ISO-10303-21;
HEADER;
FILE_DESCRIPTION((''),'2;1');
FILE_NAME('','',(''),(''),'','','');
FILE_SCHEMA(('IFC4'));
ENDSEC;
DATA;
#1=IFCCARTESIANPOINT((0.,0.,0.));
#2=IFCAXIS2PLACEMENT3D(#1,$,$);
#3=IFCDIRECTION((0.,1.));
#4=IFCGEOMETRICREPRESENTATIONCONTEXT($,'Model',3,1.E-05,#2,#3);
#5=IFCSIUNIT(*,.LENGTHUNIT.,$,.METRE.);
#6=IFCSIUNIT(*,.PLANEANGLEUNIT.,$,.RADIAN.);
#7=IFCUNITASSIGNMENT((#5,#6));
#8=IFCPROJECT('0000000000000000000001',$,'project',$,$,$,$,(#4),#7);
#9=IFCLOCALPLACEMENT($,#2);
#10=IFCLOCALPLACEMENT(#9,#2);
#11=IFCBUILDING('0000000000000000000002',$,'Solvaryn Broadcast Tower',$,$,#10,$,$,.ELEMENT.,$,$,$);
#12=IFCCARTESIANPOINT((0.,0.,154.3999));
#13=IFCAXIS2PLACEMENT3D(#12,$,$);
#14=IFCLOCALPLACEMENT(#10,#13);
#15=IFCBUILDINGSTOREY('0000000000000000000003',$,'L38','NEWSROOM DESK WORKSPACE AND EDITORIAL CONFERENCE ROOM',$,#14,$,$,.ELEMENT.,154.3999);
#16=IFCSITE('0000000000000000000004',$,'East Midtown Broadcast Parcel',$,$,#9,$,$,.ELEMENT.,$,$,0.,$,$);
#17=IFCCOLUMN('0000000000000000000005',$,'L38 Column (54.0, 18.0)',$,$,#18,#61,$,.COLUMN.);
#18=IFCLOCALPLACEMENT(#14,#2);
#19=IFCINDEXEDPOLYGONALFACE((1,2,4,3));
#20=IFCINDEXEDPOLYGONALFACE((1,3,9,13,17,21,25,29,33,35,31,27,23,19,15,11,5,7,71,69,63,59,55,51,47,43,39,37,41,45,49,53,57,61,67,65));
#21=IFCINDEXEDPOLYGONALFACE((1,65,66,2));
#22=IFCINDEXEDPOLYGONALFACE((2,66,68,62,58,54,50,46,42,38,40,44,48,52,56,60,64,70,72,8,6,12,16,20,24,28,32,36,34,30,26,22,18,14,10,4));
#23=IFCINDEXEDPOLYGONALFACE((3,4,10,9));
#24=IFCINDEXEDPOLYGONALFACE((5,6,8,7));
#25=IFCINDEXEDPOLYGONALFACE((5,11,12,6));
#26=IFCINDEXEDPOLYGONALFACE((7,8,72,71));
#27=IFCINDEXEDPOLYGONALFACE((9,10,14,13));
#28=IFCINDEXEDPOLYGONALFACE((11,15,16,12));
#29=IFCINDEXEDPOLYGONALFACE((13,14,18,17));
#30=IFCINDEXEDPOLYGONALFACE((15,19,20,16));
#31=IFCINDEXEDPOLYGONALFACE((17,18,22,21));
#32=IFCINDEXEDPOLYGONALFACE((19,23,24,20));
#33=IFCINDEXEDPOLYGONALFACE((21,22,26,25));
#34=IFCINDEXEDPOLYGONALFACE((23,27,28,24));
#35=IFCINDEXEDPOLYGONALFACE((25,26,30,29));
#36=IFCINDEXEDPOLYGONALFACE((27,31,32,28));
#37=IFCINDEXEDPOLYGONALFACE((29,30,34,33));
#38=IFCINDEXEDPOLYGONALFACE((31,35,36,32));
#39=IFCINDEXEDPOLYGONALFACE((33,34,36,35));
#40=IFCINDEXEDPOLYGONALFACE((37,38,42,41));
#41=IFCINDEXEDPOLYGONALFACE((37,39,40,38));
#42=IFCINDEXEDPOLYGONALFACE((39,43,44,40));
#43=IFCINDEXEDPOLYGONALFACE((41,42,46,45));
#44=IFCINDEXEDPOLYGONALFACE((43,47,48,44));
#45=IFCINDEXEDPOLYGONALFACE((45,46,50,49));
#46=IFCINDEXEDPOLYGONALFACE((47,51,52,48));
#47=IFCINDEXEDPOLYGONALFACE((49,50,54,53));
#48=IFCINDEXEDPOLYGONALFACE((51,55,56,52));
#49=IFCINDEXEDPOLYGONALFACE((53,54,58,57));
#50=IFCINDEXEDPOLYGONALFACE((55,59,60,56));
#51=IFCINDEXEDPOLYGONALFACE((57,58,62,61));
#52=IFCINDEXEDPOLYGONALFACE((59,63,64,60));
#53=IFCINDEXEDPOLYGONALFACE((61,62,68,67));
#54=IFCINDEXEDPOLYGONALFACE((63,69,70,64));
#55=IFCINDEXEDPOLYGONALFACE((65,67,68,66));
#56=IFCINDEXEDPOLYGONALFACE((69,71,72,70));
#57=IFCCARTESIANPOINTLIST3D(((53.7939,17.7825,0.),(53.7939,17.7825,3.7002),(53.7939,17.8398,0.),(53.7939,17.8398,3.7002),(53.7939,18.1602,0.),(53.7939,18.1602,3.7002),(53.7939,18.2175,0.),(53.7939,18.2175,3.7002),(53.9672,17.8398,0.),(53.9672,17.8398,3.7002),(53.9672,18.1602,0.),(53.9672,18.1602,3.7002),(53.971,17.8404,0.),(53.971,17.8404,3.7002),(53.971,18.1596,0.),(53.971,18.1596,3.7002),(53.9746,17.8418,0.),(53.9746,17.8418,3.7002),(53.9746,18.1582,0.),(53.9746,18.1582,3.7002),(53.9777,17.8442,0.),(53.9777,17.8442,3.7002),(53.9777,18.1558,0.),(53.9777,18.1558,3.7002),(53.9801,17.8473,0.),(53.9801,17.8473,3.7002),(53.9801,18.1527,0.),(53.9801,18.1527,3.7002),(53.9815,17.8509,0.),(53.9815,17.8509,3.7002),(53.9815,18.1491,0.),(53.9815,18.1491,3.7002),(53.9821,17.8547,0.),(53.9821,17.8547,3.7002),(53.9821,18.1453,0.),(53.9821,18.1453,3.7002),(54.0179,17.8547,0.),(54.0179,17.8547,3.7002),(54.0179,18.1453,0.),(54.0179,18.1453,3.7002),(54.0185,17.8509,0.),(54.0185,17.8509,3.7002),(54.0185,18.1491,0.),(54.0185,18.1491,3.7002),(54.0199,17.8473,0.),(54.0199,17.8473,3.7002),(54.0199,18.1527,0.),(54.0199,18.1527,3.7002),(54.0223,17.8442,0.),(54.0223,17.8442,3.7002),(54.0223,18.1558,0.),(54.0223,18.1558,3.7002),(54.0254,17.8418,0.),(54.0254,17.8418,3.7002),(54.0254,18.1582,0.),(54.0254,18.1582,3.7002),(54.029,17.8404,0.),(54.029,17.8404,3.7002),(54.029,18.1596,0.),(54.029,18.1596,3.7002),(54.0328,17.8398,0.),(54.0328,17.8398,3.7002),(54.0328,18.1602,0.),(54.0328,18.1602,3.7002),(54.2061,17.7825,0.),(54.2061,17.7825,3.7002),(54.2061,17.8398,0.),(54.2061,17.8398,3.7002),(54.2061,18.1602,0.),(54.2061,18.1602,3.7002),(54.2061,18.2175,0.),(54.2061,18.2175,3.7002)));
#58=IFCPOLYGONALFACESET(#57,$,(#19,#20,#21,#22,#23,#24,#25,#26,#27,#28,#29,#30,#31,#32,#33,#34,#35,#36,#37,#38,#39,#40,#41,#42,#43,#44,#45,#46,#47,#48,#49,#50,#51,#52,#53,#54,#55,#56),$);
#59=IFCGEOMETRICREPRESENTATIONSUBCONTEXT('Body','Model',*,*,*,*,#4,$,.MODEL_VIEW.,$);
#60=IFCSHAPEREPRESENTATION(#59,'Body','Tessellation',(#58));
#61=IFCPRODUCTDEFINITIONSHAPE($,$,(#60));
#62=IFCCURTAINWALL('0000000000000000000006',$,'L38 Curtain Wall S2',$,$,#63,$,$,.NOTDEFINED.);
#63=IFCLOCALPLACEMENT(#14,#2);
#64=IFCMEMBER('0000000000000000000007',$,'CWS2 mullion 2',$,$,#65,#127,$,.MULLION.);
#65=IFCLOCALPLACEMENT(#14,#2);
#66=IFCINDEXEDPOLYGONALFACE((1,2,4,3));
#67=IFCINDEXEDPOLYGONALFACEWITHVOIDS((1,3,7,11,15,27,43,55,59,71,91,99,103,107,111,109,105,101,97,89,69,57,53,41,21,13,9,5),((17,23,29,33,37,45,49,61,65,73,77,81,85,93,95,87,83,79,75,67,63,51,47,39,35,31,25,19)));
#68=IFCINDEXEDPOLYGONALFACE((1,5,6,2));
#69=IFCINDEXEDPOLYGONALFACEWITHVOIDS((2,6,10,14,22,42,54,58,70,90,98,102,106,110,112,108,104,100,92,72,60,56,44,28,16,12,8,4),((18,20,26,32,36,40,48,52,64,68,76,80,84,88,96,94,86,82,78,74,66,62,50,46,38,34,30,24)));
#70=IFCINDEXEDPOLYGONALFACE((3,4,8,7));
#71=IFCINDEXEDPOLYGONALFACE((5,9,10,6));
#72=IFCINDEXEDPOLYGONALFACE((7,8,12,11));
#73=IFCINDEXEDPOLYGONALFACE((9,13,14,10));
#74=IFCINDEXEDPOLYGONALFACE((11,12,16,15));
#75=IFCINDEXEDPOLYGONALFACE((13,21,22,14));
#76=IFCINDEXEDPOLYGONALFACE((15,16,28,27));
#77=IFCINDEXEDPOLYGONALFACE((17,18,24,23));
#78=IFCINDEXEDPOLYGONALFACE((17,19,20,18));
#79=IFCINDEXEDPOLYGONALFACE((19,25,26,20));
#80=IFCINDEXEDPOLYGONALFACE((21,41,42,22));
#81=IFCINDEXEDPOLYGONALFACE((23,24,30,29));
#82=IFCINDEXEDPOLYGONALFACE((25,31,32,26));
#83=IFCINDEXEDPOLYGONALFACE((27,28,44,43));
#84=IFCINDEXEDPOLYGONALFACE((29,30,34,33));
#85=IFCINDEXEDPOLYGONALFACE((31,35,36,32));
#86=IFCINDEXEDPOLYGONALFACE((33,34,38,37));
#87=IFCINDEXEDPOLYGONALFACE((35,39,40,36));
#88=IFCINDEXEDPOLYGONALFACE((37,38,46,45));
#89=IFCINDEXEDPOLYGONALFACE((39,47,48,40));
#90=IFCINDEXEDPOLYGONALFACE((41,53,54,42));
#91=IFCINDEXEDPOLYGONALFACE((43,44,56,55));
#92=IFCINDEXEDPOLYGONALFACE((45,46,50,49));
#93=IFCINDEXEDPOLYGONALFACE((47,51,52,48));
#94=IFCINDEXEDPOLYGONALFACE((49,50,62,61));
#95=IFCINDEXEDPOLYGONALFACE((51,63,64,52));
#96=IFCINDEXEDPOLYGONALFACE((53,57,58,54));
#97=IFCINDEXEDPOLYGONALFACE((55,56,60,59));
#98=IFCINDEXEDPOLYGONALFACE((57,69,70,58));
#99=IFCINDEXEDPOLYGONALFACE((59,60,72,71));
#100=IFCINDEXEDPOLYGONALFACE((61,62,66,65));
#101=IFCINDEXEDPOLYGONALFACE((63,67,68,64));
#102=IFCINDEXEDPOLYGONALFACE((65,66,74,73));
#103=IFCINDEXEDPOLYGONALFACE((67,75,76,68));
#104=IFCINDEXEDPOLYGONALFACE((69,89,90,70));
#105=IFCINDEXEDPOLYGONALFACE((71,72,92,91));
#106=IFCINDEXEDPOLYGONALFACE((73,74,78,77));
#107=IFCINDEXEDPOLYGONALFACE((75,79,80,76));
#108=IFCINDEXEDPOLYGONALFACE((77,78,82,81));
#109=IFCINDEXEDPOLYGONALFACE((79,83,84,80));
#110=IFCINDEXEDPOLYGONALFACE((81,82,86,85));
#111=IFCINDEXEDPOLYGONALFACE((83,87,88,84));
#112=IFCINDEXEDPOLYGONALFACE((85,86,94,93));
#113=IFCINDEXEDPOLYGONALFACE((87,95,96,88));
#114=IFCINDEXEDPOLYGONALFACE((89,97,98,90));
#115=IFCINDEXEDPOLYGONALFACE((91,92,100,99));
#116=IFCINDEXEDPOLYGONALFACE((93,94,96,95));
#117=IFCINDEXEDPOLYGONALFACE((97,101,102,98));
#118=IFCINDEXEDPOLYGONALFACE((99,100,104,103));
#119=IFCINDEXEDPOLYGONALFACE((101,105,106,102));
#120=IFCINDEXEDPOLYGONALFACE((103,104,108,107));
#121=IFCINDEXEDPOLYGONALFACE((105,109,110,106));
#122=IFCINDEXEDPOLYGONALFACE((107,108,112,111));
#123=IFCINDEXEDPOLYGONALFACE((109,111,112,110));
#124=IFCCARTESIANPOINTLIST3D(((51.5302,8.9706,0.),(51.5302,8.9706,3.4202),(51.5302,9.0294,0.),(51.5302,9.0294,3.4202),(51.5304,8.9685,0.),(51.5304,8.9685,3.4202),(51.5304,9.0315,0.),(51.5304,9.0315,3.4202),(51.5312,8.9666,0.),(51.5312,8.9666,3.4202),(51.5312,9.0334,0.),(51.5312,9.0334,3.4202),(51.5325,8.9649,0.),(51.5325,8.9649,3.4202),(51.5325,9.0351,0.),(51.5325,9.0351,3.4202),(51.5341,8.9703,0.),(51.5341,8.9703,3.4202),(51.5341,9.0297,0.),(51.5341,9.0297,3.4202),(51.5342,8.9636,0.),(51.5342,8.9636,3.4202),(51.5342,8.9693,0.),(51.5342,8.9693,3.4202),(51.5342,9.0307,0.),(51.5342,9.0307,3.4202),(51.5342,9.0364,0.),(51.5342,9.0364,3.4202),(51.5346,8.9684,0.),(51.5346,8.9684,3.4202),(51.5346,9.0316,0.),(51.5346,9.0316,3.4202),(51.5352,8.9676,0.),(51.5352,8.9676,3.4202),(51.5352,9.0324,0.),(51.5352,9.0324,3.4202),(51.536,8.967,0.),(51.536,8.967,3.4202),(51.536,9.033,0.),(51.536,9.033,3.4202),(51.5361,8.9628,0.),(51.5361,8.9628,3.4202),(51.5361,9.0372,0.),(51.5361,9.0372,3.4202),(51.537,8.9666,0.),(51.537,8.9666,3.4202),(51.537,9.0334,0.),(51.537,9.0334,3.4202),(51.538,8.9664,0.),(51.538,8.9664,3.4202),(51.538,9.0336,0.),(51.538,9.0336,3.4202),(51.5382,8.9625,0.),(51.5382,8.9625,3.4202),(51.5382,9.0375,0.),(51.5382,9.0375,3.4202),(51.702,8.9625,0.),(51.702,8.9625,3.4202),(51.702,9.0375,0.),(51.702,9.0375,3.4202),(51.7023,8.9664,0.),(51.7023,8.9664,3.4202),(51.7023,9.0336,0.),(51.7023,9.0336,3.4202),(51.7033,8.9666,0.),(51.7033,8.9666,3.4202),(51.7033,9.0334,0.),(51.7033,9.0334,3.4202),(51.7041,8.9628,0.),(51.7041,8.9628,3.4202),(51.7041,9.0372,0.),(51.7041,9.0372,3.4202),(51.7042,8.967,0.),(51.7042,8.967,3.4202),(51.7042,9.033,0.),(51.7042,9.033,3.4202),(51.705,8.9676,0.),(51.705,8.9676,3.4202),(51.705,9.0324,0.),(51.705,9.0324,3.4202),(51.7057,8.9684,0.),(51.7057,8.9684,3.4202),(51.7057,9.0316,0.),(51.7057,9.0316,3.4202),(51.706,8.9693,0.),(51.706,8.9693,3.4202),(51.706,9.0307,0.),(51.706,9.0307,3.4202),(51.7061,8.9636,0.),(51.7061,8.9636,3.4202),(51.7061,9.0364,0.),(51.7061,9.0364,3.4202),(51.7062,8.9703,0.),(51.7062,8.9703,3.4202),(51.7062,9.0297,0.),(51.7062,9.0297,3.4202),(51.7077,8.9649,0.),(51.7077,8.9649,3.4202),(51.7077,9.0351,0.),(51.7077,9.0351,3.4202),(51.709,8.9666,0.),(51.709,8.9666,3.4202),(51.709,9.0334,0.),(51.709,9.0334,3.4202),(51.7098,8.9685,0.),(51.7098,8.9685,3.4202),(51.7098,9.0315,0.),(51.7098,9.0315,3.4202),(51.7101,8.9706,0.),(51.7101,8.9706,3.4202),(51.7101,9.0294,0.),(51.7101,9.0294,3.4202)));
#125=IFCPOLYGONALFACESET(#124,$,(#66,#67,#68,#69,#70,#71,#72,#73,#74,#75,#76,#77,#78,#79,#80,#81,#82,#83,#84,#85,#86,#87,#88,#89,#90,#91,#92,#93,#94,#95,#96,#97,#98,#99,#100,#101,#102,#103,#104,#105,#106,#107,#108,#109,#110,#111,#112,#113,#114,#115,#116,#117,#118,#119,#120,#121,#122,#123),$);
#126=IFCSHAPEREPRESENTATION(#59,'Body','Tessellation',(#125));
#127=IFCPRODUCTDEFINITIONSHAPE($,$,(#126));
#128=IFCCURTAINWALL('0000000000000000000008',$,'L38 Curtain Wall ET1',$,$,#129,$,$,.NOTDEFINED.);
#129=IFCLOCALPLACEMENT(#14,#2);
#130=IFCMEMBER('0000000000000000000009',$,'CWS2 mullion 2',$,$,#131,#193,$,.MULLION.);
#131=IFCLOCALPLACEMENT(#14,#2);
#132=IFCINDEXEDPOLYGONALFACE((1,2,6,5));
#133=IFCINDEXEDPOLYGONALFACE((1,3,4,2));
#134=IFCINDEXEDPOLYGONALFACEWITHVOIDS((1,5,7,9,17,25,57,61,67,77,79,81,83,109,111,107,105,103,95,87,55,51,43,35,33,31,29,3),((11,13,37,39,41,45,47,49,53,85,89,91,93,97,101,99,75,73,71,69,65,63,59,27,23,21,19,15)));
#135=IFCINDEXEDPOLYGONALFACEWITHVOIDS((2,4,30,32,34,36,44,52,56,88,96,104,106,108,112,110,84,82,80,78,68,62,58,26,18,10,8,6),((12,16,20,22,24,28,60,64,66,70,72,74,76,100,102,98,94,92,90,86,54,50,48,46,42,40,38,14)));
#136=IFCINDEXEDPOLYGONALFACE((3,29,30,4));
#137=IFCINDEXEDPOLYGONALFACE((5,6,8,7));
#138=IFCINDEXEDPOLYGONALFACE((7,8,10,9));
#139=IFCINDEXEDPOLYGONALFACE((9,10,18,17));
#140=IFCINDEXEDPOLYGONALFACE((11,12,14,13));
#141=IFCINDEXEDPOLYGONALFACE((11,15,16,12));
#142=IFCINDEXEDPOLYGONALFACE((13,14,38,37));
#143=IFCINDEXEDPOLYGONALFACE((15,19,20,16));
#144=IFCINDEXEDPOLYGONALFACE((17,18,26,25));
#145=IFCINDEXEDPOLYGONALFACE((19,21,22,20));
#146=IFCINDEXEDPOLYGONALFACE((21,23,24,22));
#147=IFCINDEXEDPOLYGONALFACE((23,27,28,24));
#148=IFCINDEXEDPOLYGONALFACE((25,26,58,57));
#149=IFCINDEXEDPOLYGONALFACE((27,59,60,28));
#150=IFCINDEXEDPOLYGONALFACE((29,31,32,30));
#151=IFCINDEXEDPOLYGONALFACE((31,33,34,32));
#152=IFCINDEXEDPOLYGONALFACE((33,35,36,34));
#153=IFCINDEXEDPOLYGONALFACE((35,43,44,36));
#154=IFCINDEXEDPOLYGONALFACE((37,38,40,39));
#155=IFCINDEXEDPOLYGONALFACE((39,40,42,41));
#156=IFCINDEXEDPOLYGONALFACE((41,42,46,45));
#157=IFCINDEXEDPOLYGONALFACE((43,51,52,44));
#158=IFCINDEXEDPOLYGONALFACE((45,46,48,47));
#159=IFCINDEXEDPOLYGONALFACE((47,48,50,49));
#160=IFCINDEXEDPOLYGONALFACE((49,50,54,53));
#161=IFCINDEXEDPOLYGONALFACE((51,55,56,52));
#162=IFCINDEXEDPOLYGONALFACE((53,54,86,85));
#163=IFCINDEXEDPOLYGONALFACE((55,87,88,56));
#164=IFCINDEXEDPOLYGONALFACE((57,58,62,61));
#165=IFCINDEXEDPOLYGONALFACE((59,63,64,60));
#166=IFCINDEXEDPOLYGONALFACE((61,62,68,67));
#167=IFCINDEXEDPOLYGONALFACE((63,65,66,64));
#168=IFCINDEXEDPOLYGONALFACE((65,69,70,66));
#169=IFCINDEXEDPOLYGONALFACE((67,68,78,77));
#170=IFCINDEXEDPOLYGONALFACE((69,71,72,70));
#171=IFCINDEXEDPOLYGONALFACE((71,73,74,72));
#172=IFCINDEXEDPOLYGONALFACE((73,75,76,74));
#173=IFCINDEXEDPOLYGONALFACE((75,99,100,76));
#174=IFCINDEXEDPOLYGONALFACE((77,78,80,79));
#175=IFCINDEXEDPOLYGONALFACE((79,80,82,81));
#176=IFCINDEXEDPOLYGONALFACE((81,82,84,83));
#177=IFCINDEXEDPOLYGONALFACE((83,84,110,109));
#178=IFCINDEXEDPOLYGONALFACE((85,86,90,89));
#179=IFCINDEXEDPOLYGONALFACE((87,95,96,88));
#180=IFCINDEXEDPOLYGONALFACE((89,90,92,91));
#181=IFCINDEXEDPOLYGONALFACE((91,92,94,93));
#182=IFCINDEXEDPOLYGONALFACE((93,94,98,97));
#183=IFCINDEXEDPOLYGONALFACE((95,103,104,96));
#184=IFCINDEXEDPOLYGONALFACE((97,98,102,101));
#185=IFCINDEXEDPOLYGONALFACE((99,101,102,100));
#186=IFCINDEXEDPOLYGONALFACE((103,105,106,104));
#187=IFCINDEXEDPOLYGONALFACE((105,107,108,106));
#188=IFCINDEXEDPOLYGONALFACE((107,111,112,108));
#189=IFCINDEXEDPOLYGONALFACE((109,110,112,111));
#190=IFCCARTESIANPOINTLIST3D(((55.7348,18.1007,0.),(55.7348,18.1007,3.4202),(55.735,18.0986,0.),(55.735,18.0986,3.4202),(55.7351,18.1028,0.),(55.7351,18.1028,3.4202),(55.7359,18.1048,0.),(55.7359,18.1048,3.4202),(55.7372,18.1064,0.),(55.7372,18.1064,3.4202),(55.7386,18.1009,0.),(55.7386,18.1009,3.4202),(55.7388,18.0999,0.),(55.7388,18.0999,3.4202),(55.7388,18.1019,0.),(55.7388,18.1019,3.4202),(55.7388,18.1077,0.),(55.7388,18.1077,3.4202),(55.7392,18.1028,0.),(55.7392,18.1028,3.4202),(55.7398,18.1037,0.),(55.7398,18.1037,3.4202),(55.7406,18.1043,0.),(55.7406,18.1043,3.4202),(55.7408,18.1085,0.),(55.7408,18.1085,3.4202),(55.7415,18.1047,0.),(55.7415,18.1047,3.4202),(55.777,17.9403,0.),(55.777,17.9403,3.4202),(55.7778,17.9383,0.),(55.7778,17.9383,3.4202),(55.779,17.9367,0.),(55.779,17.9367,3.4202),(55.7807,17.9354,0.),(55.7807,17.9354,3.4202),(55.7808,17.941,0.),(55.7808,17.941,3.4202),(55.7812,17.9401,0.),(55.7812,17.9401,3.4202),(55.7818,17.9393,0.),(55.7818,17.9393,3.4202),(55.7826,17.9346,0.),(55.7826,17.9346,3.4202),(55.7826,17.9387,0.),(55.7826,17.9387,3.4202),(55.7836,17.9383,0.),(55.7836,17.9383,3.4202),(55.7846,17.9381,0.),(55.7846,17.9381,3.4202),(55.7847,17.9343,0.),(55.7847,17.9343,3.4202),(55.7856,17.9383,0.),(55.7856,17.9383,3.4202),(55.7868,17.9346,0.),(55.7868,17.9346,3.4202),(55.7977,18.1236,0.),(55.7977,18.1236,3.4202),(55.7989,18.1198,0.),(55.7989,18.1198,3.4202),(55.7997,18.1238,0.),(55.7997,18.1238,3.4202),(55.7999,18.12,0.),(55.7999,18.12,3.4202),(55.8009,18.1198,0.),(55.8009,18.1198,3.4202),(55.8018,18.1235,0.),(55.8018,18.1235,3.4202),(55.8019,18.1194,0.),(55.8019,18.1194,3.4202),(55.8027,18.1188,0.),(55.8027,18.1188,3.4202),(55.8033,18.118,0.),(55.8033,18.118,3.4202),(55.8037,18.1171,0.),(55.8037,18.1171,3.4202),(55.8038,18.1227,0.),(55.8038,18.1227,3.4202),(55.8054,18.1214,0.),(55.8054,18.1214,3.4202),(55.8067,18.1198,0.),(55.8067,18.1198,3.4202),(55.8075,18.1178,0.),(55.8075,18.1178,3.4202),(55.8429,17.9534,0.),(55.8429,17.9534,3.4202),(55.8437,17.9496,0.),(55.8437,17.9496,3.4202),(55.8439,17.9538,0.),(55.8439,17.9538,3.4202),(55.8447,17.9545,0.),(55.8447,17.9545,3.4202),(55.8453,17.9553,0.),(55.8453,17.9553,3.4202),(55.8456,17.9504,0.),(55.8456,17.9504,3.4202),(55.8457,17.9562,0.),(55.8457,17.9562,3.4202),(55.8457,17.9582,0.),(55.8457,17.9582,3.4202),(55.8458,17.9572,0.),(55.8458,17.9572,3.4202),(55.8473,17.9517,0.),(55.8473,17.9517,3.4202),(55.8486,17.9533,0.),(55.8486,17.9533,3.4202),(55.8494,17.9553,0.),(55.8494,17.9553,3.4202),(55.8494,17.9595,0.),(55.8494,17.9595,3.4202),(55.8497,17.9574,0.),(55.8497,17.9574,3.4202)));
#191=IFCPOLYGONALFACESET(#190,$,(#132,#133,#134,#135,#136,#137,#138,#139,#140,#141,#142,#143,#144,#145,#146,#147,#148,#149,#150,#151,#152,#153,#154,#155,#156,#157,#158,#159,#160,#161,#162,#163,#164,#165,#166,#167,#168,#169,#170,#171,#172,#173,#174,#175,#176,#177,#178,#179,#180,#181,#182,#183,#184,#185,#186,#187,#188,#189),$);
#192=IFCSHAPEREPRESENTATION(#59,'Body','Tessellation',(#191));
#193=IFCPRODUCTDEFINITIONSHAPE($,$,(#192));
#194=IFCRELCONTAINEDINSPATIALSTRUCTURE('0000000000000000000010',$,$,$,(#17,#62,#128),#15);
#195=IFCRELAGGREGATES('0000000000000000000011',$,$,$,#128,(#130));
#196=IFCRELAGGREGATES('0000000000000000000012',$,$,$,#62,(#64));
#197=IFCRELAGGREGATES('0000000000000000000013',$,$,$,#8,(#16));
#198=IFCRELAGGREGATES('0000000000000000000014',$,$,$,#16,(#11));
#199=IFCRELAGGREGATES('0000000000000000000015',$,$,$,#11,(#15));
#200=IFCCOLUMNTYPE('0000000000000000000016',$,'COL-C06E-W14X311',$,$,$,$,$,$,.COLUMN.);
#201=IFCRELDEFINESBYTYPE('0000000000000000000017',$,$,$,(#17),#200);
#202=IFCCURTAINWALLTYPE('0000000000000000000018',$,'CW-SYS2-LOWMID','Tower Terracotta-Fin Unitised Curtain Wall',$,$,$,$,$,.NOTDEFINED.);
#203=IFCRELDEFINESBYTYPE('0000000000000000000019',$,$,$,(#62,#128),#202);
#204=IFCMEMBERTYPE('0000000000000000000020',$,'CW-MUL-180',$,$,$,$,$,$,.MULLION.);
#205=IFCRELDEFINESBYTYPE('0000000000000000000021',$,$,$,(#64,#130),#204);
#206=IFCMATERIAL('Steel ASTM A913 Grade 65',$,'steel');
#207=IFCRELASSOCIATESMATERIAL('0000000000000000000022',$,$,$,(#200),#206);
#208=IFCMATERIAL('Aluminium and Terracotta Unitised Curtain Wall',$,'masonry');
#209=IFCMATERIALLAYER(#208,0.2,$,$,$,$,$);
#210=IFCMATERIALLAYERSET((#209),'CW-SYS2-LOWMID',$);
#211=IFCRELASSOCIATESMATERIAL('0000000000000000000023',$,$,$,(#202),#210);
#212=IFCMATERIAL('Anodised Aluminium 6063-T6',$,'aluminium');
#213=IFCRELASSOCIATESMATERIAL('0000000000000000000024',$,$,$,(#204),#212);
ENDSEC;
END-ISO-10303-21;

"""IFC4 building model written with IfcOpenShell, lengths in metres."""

from ifc_helpers import new_model, si_unit, direction, frame, origin, origin_2d, place, context, subcontext, project, spatial, hollow_rectangle, i_section, extrude, material, layer, layer_set, material_profile, profile_set, type_object, element, aggregate, save


model = new_model("IFC4")

# Units and contexts
model_context = context("Model", 3, precision=1e-05, world=origin(), true_north=direction((0.0, 1.0)))
body_context = subcontext(model_context, "Body", "Model", "MODEL_VIEW")
ifc_project = project(units=[si_unit("LENGTHUNIT", "METRE"), si_unit("PLANEANGLEUNIT", "RADIAN")], contexts=[model_context])

# Site, building, storey
site_placement = place(None, origin())
site = spatial("IfcSite", under=ifc_project, at=site_placement, Name="East Midtown Broadcast Parcel", CompositionType="ELEMENT", RefElevation=0.0)
building_placement = place(site_placement, origin())
building = spatial("IfcBuilding", under=site, at=building_placement, Name="Solvaryn Broadcast Tower", CompositionType="ELEMENT")
storey_placement = place(building_placement, frame((0.0, 0.0, 154.3999)))
storey = spatial("IfcBuildingStorey", under=building, at=storey_placement, Name="L38", Description="NEWSROOM DESK WORKSPACE AND EDITORIAL CONFERENCE ROOM", CompositionType="ELEMENT", Elevation=154.3999)

# Column
ifc_material_1 = material(Name="Steel ASTM A913 Grade 65", Category="steel")
ifc_material_profile_1 = material_profile(ifc_material_1, i_section(OverallWidth=0.4121, OverallDepth=0.4351, WebThickness=0.0359, FlangeThickness=0.0574, FilletRadius=0.0149, at=origin_2d()))
ifc_profile_set_1 = profile_set([ifc_material_profile_1], Name="Steel ASTM A913 Grade 65")
column_type = type_object("IfcColumnType", Name="COL-C06E-W14X311", PredefinedType="COLUMN", material=ifc_profile_set_1)
column_placement = place(storey_placement, frame((54.0, 18.0, 0.0), z_axis=(0.0, 0.0, 1.0), x_axis=(1.0, 0.0, 0.0)))
element("IfcColumn", 1, at=column_placement, inside=storey, type_object=column_type, Name="L38 Column (54.0, 18.0)", PredefinedType="COLUMN", context=body_context, shape_type="SweptSolid", body=[
    extrude(i_section(OverallWidth=0.4121, OverallDepth=0.4351, WebThickness=0.0359, FlangeThickness=0.0574, FilletRadius=0.0149, at=origin_2d()), origin(), (0.0, 0.0, 1.0), 3.7002),
])

# Curtain walls, members
ifc_material_2 = material(Name="Aluminium and Terracotta Unitised Curtain Wall", Category="masonry")
ifc_layer_1 = layer(ifc_material_2, 0.2)
ifc_layer_set_1 = layer_set([ifc_layer_1], Name="CW-SYS2-LOWMID")
curtain_wall_type = type_object("IfcCurtainWallType", Name="CW-SYS2-LOWMID", Description="Tower Terracotta-Fin Unitised Curtain Wall", PredefinedType="NOTDEFINED", material=ifc_layer_set_1)
curtain_wall_1_placement = place(storey_placement, origin())
curtain_wall_1 = element("IfcCurtainWall", 2, at=curtain_wall_1_placement, inside=storey, type_object=curtain_wall_type, Name="L38 Curtain Wall S2", PredefinedType="NOTDEFINED")
ifc_material_3 = material(Name="Anodised Aluminium 6063-T6", Category="aluminium")
ifc_material_profile_2 = material_profile(ifc_material_3, hollow_rectangle(XDim=0.075, YDim=0.1799, WallThickness=0.0039, InnerFilletRadius=0.0039, OuterFilletRadius=0.0081, at=origin_2d()))
ifc_profile_set_2 = profile_set([ifc_material_profile_2], Name="Anodised Aluminium 6063-T6")
member_type_1 = type_object("IfcMemberType", Name="CW-MUL-180", PredefinedType="MULLION", material=ifc_profile_set_2)
member_1_placement = place(storey_placement, frame((51.6201, 9.0, 0.0), z_axis=(0.0, 0.0, 1.0), x_axis=(0.0, 1.0, 0.0)))
member_1 = element("IfcMember", 3, at=member_1_placement, type_object=member_type_1, Name="CWS2 mullion 2", PredefinedType="MULLION", context=body_context, shape_type="SweptSolid", body=[
    extrude(hollow_rectangle(XDim=0.075, YDim=0.1799, WallThickness=0.0039, InnerFilletRadius=0.0039, OuterFilletRadius=0.0081, at=origin_2d()), origin(), (0.0, 0.0, 1.0), 3.4202),
])
curtain_wall_2_placement = place(storey_placement, origin())
curtain_wall_2 = element("IfcCurtainWall", 4, at=curtain_wall_2_placement, inside=storey, type_object=curtain_wall_type, Name="L38 Curtain Wall ET1", PredefinedType="NOTDEFINED")
member_2_placement = place(storey_placement, frame((55.7922, 18.0291, 0.0), z_axis=(0.0, 0.0, 1.0), x_axis=(0.966705, 0.255893, 0.0)))
member_2 = element("IfcMember", 5, at=member_2_placement, type_object=member_type_1, Name="CWS2 mullion 2", PredefinedType="MULLION", context=body_context, shape_type="SweptSolid", body=[
    extrude(hollow_rectangle(XDim=0.075, YDim=0.1799, WallThickness=0.0039, InnerFilletRadius=0.0039, OuterFilletRadius=0.0081, at=origin_2d()), origin(), (0.0, 0.0, 1.0), 3.4202),
])
aggregate(curtain_wall_2, [member_2])

aggregate(curtain_wall_1, [member_1])

save(model, "model.ifc")
